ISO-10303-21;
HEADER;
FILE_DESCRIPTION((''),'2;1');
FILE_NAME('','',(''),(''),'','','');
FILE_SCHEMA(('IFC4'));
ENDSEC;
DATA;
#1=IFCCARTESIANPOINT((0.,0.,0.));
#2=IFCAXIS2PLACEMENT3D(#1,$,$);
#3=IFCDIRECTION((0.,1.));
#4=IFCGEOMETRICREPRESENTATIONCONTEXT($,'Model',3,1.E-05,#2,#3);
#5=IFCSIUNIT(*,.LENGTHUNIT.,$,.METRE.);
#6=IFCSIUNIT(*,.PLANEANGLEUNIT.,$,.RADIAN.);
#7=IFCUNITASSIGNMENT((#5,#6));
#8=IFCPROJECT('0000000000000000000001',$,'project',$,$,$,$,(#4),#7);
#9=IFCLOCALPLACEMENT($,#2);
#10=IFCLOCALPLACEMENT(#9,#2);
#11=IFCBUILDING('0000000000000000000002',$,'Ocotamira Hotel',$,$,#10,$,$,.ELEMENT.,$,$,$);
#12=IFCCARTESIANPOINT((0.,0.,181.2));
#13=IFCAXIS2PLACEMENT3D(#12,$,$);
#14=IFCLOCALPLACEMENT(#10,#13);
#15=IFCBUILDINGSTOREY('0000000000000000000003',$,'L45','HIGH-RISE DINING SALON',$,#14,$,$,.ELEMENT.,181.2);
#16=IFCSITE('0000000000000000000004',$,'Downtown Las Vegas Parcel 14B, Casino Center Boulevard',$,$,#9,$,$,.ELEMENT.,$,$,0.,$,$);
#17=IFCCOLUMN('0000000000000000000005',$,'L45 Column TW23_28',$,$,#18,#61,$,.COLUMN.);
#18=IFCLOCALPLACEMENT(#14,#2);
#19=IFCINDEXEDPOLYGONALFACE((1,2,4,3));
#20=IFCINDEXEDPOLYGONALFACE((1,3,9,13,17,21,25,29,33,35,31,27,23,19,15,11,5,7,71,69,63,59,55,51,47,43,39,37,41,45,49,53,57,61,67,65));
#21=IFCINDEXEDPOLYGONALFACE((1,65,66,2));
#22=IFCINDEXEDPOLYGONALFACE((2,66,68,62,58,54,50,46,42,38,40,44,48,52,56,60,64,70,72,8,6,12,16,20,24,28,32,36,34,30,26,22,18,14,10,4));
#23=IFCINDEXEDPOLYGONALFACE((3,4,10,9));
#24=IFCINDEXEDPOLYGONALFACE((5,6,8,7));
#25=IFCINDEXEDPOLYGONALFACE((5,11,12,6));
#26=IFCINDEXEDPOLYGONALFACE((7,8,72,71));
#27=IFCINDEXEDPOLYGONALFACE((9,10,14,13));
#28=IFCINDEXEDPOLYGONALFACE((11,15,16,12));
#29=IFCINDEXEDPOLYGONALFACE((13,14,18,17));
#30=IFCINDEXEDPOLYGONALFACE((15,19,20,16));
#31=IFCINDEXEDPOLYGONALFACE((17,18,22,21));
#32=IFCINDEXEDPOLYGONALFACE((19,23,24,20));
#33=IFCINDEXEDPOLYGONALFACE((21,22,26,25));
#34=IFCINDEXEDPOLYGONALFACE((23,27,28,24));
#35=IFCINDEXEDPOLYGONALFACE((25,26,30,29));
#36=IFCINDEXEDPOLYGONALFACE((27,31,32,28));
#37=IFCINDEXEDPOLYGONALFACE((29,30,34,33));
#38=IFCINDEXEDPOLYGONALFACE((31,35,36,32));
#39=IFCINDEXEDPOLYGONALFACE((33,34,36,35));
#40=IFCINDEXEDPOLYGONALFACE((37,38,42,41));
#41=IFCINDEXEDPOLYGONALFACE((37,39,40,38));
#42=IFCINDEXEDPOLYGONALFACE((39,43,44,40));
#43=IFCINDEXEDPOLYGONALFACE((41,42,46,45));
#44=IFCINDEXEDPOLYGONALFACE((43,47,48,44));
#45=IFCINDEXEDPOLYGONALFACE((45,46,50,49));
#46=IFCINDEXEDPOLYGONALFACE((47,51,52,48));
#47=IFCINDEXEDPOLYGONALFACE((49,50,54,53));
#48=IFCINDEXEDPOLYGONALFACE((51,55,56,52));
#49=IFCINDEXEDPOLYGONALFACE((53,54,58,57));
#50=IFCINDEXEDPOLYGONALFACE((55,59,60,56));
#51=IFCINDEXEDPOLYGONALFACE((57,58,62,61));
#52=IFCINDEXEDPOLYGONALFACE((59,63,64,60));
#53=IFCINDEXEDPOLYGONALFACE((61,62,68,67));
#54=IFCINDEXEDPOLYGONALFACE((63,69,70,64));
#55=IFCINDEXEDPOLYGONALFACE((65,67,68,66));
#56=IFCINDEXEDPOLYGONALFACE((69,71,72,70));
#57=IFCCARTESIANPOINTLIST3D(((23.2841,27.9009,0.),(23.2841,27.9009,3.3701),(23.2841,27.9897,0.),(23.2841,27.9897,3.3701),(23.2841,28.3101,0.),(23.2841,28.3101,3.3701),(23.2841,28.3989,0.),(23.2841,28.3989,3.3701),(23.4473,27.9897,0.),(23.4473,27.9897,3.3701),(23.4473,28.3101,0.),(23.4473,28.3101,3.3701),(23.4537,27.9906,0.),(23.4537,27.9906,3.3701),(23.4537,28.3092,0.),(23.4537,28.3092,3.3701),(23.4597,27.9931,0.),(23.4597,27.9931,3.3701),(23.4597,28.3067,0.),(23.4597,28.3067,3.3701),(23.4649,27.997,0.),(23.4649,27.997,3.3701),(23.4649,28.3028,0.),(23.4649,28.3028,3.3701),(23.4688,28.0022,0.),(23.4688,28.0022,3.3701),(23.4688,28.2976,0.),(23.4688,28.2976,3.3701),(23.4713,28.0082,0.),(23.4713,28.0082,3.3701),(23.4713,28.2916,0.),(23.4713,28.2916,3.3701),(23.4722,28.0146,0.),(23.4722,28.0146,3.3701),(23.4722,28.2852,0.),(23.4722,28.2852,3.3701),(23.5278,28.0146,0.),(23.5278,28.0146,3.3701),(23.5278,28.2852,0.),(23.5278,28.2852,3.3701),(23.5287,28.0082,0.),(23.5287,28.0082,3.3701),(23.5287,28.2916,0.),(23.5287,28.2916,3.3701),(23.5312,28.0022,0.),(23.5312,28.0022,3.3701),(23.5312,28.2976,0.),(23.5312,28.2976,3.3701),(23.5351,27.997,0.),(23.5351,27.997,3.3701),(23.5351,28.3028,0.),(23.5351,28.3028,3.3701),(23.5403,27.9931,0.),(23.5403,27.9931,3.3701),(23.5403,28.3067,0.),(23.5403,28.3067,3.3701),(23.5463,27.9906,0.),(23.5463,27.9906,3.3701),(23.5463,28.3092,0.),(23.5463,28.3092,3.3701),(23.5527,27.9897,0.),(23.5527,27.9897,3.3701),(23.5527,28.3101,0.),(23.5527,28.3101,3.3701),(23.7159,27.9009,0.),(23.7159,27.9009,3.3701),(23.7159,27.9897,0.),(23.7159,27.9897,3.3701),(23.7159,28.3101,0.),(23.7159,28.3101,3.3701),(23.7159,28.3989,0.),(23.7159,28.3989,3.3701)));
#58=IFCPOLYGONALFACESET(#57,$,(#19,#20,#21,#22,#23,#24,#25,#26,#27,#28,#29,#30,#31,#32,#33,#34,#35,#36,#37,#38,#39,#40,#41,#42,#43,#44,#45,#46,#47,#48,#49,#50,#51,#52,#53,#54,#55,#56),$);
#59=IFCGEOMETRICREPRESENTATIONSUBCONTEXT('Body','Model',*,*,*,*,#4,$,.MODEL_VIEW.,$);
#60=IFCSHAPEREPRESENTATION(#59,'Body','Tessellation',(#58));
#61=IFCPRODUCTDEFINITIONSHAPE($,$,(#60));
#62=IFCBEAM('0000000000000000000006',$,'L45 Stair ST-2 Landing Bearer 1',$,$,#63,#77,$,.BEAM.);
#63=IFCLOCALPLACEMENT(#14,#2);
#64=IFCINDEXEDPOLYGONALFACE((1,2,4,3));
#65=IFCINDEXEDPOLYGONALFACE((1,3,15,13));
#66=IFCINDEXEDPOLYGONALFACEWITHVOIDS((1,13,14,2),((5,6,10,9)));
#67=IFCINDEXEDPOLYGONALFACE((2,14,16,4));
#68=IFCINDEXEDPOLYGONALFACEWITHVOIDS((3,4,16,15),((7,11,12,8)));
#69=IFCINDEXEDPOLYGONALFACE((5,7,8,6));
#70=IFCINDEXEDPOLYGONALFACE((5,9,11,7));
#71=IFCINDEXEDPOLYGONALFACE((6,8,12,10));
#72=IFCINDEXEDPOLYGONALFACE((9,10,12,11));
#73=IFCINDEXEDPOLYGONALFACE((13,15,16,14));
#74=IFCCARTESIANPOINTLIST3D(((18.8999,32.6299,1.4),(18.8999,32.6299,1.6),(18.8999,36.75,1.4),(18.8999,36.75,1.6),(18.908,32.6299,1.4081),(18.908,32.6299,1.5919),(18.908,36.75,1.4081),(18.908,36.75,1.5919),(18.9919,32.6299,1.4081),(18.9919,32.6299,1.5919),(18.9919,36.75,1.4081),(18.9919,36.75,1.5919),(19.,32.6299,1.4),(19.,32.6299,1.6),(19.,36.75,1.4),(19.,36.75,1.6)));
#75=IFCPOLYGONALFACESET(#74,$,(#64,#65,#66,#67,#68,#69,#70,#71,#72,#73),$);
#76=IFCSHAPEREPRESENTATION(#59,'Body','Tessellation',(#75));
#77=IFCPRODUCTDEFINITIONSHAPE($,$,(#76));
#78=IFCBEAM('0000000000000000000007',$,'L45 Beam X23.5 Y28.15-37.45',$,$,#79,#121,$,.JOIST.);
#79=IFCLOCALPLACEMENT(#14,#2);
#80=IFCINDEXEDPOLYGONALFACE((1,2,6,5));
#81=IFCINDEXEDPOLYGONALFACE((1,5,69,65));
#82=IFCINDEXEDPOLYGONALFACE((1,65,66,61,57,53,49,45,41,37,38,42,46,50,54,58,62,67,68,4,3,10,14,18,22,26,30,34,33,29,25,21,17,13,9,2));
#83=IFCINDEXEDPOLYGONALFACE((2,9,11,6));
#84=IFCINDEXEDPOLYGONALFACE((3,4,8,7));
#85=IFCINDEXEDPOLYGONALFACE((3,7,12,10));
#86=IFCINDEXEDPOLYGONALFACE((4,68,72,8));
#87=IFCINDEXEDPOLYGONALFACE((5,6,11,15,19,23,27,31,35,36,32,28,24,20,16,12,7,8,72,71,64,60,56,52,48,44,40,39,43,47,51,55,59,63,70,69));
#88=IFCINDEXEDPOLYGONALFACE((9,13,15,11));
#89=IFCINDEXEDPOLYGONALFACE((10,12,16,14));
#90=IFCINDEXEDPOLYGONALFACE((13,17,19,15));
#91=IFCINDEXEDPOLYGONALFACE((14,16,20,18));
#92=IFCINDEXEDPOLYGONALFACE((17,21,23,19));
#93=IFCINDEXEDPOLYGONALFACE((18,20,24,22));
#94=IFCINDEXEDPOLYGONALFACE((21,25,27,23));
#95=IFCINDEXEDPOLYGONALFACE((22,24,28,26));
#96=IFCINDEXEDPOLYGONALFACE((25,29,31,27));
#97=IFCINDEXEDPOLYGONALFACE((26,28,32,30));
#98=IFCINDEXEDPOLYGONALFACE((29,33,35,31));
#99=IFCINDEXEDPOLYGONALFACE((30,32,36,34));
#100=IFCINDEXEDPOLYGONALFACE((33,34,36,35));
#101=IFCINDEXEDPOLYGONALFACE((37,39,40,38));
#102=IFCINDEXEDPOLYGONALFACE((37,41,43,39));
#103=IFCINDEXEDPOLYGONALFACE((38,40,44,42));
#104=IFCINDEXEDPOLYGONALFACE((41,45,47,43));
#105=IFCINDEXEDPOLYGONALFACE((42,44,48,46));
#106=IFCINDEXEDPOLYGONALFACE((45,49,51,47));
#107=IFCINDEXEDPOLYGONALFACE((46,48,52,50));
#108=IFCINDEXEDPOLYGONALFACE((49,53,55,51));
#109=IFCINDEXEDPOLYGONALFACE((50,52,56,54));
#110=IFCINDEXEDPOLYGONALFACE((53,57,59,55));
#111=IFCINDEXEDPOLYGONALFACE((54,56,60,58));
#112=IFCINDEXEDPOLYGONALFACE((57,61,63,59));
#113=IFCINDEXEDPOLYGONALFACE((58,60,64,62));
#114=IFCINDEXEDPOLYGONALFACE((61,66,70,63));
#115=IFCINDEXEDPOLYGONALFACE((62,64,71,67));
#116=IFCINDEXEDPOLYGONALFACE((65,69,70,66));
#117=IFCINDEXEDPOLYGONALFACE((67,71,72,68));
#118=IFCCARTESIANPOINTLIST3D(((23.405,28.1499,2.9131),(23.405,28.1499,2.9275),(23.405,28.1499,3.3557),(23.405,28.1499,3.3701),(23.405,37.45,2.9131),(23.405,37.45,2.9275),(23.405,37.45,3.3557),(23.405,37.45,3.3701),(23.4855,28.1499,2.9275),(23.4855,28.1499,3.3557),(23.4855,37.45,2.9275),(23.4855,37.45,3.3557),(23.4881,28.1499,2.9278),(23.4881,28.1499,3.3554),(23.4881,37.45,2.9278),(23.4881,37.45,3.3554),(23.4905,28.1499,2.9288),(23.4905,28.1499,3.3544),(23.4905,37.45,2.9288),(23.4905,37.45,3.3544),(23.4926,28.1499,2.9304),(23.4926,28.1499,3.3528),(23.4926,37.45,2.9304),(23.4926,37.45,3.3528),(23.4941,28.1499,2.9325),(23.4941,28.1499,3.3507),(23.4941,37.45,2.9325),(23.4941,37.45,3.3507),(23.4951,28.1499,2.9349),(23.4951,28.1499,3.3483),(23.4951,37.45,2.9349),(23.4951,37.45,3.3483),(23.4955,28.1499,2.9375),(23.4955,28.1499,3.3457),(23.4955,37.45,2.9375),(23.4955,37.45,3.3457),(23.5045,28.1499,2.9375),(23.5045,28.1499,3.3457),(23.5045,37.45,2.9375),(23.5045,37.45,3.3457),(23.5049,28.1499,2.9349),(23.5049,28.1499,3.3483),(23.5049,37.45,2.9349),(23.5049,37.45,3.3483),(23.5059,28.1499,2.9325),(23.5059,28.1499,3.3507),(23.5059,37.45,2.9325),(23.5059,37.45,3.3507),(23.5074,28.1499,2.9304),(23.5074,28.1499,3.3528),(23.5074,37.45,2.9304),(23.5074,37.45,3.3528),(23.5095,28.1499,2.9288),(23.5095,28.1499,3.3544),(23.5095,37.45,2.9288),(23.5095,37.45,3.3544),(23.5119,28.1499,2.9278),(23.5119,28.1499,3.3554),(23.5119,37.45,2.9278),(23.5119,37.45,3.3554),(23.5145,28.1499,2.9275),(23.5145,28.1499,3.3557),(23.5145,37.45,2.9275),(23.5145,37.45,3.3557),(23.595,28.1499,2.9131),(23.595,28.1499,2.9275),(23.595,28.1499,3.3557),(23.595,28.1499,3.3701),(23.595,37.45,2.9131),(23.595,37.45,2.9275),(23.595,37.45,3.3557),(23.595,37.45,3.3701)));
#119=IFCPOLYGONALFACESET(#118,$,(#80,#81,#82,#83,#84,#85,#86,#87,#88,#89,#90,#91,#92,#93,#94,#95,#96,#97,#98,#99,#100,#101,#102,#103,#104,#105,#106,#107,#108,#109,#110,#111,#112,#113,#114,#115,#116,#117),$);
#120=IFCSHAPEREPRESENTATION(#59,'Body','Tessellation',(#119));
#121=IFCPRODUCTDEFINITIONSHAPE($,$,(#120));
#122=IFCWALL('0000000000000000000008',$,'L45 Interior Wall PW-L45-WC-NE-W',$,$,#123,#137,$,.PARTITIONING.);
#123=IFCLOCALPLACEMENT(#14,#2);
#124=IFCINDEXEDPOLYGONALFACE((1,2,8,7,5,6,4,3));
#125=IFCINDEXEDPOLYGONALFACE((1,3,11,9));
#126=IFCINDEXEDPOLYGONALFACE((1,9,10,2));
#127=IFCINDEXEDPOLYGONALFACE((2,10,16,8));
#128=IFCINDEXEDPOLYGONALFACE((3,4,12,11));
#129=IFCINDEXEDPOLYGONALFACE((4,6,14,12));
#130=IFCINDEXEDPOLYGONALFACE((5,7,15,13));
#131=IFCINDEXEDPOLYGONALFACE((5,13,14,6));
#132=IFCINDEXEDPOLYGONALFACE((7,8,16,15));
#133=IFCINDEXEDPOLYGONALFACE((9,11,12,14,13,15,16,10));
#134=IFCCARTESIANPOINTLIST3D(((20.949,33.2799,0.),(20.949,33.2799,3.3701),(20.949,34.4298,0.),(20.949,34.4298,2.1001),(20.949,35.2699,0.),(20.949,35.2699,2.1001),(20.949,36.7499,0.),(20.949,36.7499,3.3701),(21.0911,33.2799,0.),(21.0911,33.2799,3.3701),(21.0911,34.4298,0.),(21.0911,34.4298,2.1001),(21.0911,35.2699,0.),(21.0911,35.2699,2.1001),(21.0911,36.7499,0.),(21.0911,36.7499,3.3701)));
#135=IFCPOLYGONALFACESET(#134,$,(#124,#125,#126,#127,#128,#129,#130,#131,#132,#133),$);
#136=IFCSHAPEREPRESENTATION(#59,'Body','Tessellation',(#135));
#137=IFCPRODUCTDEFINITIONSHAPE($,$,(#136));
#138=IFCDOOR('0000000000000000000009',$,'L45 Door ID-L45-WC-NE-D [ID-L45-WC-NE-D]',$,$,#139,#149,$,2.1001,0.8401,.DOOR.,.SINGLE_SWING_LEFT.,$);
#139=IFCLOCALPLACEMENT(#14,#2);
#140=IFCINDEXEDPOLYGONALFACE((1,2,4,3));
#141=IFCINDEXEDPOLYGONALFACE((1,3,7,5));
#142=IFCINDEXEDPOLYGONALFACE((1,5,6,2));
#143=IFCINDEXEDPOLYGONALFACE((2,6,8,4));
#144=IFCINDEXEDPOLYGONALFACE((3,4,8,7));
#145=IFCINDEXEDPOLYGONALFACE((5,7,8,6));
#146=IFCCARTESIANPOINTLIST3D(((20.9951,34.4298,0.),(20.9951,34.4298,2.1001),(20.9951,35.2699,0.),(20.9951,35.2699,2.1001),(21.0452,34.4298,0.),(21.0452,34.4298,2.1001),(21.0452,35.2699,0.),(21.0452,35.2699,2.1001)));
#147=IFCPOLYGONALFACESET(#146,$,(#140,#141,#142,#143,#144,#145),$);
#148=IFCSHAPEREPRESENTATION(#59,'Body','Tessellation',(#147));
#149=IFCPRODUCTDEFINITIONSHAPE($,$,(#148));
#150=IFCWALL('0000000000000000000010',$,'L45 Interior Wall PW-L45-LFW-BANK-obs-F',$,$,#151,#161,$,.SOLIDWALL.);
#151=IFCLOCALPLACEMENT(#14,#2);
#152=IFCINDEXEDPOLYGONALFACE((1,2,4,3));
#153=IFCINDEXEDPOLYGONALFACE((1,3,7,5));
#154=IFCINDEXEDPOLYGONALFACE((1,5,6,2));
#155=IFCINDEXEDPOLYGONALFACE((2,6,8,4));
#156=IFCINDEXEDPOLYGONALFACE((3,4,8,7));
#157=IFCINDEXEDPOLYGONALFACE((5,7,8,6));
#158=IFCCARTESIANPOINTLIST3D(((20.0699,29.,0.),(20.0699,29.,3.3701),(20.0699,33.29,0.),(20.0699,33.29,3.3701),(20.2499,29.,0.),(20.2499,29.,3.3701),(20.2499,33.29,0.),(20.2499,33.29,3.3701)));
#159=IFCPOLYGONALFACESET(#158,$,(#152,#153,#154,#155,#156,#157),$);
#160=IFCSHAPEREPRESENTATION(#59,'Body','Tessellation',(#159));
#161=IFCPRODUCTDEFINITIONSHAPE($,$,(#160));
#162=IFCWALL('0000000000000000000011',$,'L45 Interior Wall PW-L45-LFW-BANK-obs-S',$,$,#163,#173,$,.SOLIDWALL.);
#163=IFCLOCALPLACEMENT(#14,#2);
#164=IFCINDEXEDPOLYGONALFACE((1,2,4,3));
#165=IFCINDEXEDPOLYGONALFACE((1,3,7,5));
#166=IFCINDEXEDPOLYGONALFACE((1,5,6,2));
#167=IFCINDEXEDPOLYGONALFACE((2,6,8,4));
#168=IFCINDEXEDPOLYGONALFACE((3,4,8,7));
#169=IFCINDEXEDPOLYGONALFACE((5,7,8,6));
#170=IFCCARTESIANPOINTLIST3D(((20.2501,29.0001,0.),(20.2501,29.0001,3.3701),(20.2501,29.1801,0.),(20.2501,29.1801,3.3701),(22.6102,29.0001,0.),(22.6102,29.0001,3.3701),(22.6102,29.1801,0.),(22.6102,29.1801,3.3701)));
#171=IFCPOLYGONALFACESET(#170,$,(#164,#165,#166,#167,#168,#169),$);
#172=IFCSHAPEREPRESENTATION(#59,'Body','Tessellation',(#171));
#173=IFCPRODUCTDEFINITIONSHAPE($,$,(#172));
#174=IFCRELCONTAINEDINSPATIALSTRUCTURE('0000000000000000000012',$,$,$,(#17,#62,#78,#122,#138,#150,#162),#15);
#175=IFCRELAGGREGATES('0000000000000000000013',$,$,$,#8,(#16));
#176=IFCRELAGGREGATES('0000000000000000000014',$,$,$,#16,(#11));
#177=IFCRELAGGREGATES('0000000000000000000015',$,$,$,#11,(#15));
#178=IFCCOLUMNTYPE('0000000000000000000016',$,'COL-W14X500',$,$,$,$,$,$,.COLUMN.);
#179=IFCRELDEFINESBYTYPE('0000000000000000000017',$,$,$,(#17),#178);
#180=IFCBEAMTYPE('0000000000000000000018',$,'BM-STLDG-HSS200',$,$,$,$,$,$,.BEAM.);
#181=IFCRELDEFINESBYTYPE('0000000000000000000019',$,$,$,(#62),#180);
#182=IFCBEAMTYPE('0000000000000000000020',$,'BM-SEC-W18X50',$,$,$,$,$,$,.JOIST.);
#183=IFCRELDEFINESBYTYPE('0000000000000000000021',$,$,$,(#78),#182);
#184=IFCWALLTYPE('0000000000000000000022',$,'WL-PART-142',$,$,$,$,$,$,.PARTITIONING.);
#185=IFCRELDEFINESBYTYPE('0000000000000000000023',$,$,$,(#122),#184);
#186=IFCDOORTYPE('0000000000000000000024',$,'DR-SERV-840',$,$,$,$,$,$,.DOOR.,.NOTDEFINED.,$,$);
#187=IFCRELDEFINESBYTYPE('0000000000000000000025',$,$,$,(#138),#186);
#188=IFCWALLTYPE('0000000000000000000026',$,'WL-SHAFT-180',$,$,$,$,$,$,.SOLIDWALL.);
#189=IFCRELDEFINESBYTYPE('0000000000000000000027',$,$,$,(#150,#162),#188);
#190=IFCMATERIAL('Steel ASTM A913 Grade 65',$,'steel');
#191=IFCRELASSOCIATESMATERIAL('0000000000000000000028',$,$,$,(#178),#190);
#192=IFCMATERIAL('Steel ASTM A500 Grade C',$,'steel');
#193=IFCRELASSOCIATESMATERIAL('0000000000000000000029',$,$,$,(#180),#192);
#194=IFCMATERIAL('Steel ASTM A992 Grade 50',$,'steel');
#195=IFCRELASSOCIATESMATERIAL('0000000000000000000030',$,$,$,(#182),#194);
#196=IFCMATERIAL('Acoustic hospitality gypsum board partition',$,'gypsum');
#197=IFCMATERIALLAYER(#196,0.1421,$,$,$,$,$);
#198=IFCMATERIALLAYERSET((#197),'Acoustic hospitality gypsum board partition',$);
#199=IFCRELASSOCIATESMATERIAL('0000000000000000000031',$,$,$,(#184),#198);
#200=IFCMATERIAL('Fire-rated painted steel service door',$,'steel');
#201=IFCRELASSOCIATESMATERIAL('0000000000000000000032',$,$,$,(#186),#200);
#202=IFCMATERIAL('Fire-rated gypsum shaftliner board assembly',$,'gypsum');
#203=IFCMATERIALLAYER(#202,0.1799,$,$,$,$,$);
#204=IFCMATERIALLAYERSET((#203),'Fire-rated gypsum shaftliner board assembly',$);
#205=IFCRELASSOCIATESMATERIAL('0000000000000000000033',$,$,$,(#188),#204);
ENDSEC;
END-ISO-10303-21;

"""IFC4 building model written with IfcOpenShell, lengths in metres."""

from ifc_helpers import new_model, si_unit, direction, frame, frame_2d, origin, origin_2d, place, context, subcontext, project, spatial, rectangle, hollow_rectangle, i_section, extrude, source, transform, mapped, material, layer, layer_set, material_profile, profile_set, type_object, element, fill, save


model = new_model("IFC4")

# Units and contexts
model_context = context("Model", 3, precision=1e-05, world=origin(), true_north=direction((0.0, 1.0)))
body_context = subcontext(model_context, "Body", "Model", "MODEL_VIEW")
ifc_project = project(units=[si_unit("LENGTHUNIT", "METRE"), si_unit("PLANEANGLEUNIT", "RADIAN")], contexts=[model_context])

# Site, building, storey
site_placement = place(None, origin())
site = spatial("IfcSite", under=ifc_project, at=site_placement, Name="Downtown Las Vegas Parcel 14B, Casino Center Boulevard", CompositionType="ELEMENT", RefElevation=0.0)
building_placement = place(site_placement, origin())
building = spatial("IfcBuilding", under=site, at=building_placement, Name="Ocotamira Hotel", CompositionType="ELEMENT")
storey_placement = place(building_placement, frame((0.0, 0.0, 181.2)))
storey = spatial("IfcBuildingStorey", under=building, at=storey_placement, Name="L45", Description="HIGH-RISE DINING SALON", CompositionType="ELEMENT", Elevation=181.2)

# Column
ifc_material_1 = material(Name="Steel ASTM A913 Grade 65", Category="steel")
ifc_material_profile_1 = material_profile(ifc_material_1, i_section(OverallWidth=0.4319, OverallDepth=0.498, WebThickness=0.0557, FlangeThickness=0.0889, FilletRadius=0.0249, at=origin_2d()), Name="W14X500")
ifc_profile_set_1 = profile_set([ifc_material_profile_1], Name="Steel ASTM A913 Grade 65")
column_type = type_object("IfcColumnType", Name="COL-W14X500", PredefinedType="COLUMN", material=ifc_profile_set_1)
shared_shape_1 = source(origin(), body_context, "Body", "SweptSolid", [
    extrude(i_section(OverallWidth=0.4319, OverallDepth=0.498, WebThickness=0.0557, FlangeThickness=0.0889, FilletRadius=0.0249, at=origin_2d()), origin(), (0.0, 0.0, 1.0), 3.3701),
])
column_placement = place(storey_placement, frame((23.5, 28.1499, 0.0), z_axis=(0.0, 0.0, 1.0), x_axis=(1.0, 0.0, 0.0)))
element("IfcColumn", 1, at=column_placement, inside=storey, type_object=column_type, Name="L45 Column TW23_28", PredefinedType="COLUMN", context=body_context, shape_type="MappedRepresentation", body=[
    mapped(shared_shape_1, transform((0.0, 0.0, 0.0), scale=1.0)),
])

# Beams
ifc_material_2 = material(Name="Steel ASTM A500 Grade C", Category="steel")
ifc_material_profile_2 = material_profile(ifc_material_2, hollow_rectangle(XDim=0.1001, YDim=0.2, WallThickness=0.0081, at=origin_2d()), Name="HSS200X100X8")
ifc_profile_set_2 = profile_set([ifc_material_profile_2], Name="Steel ASTM A500 Grade C")
beam_type_1 = type_object("IfcBeamType", Name="BM-STLDG-HSS200", PredefinedType="BEAM", material=ifc_profile_set_2)
shared_shape_2 = source(origin(), body_context, "Body", "SweptSolid", [
    extrude(hollow_rectangle(XDim=0.1001, YDim=0.2, WallThickness=0.0081, at=origin_2d()), origin(), (0.0, 0.0, 1.0), 4.1201),
])
beam_1_placement = place(storey_placement, frame((18.95, 32.6299, 1.5), z_axis=(0.0, 1.0, 0.0), x_axis=(-1.0, 0.0, 0.0)))
element("IfcBeam", 2, at=beam_1_placement, inside=storey, type_object=beam_type_1, Name="L45 Stair ST-2 Landing Bearer 1", PredefinedType="BEAM", context=body_context, shape_type="MappedRepresentation", body=[
    mapped(shared_shape_2, transform((0.0, 0.0, 0.0), scale=1.0)),
])
ifc_material_3 = material(Name="Steel ASTM A992 Grade 50", Category="steel")
ifc_material_profile_3 = material_profile(ifc_material_3, i_section(OverallWidth=0.1899, OverallDepth=0.457, WebThickness=0.009, FlangeThickness=0.0144, FilletRadius=0.01, at=origin_2d()), Name="W18X50")
ifc_profile_set_3 = profile_set([ifc_material_profile_3], Name="Steel ASTM A992 Grade 50")
beam_type_2 = type_object("IfcBeamType", Name="BM-SEC-W18X50", PredefinedType="JOIST", material=ifc_profile_set_3)
shared_shape_3 = source(origin(), body_context, "Body", "SweptSolid", [
    extrude(i_section(OverallWidth=0.1899, OverallDepth=0.457, WebThickness=0.009, FlangeThickness=0.0144, FilletRadius=0.01, at=origin_2d()), origin(), (0.0, 0.0, 1.0), 9.3),
])
beam_2_placement = place(storey_placement, frame((23.5, 28.1499, 3.1416), z_axis=(0.0, 1.0, 0.0), x_axis=(-1.0, 0.0, 0.0)))
element("IfcBeam", 3, at=beam_2_placement, inside=storey, type_object=beam_type_2, Name="L45 Beam X23.5 Y28.15-37.45", PredefinedType="JOIST", context=body_context, shape_type="MappedRepresentation", body=[
    mapped(shared_shape_3, transform((0.0, 0.0, 0.0), scale=1.0)),
])

# Wall, opening, door
ifc_material_4 = material(Name="Acoustic hospitality gypsum board partition", Category="gypsum")
ifc_layer_1 = layer(ifc_material_4, 0.1421)
ifc_layer_set_1 = layer_set([ifc_layer_1], Name="Acoustic hospitality gypsum board partition")
wall_type_1 = type_object("IfcWallType", Name="WL-PART-142", PredefinedType="PARTITIONING", material=ifc_layer_set_1)
wall_1_placement = place(storey_placement, frame((21.02, 33.28, 0.0), z_axis=(0.0, 0.0, 1.0), x_axis=(0.0, 1.0, 0.0)))
wall_1 = element("IfcWall", 4, at=wall_1_placement, inside=storey, type_object=wall_type_1, Name="L45 Interior Wall PW-L45-WC-NE-W", PredefinedType="PARTITIONING", context=body_context, shape_type="SweptSolid", body=[
    extrude(rectangle(XDim=3.47, YDim=0.1421, at=frame_2d((1.7349, 0.0))), origin(), (0.0, 0.0, 1.0), 3.3701),
])
opening_1_placement = place(wall_1_placement, frame((1.1499, 0.0, 0.0)))
opening_1 = element("IfcOpeningElement", 5, at=opening_1_placement, cuts=wall_1, PredefinedType="OPENING", context=body_context, shape_type="SweptSolid", body=[
    extrude(rectangle(XDim=0.8401, YDim=2.1001, at=frame_2d((0.4199, 1.05))), frame((0.0, 0.0811, 0.0), z_axis=(0.0, -1.0, 0.0), x_axis=(1.0, 0.0, 0.0)), (0.0, 0.0, 1.0), 0.1621),
])
ifc_material_5 = material(Name="Fire-rated painted steel service door", Category="steel")
door_type_1 = type_object("IfcDoorType", Name="DR-SERV-840", OperationType="NOTDEFINED", PredefinedType="DOOR", material=ifc_material_5)
shared_shape_4 = source(origin(), body_context, "Body", "SweptSolid", [
    extrude(rectangle(XDim=0.8401, YDim=2.1001, at=frame_2d((0.4199, 1.05))), frame((0.0, 0.0249, 0.0), z_axis=(0.0, -1.0, 0.0), x_axis=(1.0, 0.0, 0.0)), (0.0, 0.0, 1.0), 0.05),
])
door_1_placement = place(opening_1_placement, origin())
door_1 = element("IfcDoor", 6, at=door_1_placement, inside=storey, type_object=door_type_1, Name="L45 Door ID-L45-WC-NE-D [ID-L45-WC-NE-D]", OperationType="SINGLE_SWING_LEFT", OverallHeight=2.1001, OverallWidth=0.8401, PredefinedType="DOOR", context=body_context, shape_type="MappedRepresentation", body=[
    mapped(shared_shape_4, transform((0.0, 0.0, 0.0), scale=1.0)),
])
fill(opening_1, door_1)

# Walls
ifc_material_6 = material(Name="Fire-rated gypsum shaftliner board assembly", Category="gypsum")
ifc_layer_2 = layer(ifc_material_6, 0.1799)
ifc_layer_set_2 = layer_set([ifc_layer_2], Name="Fire-rated gypsum shaftliner board assembly")
wall_type_2 = type_object("IfcWallType", Name="WL-SHAFT-180", PredefinedType="SOLIDWALL", material=ifc_layer_set_2)
wall_2_placement = place(storey_placement, frame((20.1599, 29.0, 0.0), z_axis=(0.0, 0.0, 1.0), x_axis=(0.0, 1.0, 0.0)))
element("IfcWall", 7, at=wall_2_placement, inside=storey, type_object=wall_type_2, Name="L45 Interior Wall PW-L45-LFW-BANK-obs-F", PredefinedType="SOLIDWALL", context=body_context, shape_type="SweptSolid", body=[
    extrude(rectangle(XDim=4.29, YDim=0.1799, at=frame_2d((2.145, 0.0))), origin(), (0.0, 0.0, 1.0), 3.3701),
])
wall_3_placement = place(storey_placement, frame((20.25, 29.0901, 0.0), z_axis=(0.0, 0.0, 1.0), x_axis=(1.0, 0.0, 0.0)))
element("IfcWall", 8, at=wall_3_placement, inside=storey, type_object=wall_type_2, Name="L45 Interior Wall PW-L45-LFW-BANK-obs-S", PredefinedType="SOLIDWALL", context=body_context, shape_type="SweptSolid", body=[
    extrude(rectangle(XDim=2.3601, YDim=0.1799, at=frame_2d((1.1802, 0.0))), origin(), (0.0, 0.0, 1.0), 3.3701),
])

save(model, "model.ifc")
